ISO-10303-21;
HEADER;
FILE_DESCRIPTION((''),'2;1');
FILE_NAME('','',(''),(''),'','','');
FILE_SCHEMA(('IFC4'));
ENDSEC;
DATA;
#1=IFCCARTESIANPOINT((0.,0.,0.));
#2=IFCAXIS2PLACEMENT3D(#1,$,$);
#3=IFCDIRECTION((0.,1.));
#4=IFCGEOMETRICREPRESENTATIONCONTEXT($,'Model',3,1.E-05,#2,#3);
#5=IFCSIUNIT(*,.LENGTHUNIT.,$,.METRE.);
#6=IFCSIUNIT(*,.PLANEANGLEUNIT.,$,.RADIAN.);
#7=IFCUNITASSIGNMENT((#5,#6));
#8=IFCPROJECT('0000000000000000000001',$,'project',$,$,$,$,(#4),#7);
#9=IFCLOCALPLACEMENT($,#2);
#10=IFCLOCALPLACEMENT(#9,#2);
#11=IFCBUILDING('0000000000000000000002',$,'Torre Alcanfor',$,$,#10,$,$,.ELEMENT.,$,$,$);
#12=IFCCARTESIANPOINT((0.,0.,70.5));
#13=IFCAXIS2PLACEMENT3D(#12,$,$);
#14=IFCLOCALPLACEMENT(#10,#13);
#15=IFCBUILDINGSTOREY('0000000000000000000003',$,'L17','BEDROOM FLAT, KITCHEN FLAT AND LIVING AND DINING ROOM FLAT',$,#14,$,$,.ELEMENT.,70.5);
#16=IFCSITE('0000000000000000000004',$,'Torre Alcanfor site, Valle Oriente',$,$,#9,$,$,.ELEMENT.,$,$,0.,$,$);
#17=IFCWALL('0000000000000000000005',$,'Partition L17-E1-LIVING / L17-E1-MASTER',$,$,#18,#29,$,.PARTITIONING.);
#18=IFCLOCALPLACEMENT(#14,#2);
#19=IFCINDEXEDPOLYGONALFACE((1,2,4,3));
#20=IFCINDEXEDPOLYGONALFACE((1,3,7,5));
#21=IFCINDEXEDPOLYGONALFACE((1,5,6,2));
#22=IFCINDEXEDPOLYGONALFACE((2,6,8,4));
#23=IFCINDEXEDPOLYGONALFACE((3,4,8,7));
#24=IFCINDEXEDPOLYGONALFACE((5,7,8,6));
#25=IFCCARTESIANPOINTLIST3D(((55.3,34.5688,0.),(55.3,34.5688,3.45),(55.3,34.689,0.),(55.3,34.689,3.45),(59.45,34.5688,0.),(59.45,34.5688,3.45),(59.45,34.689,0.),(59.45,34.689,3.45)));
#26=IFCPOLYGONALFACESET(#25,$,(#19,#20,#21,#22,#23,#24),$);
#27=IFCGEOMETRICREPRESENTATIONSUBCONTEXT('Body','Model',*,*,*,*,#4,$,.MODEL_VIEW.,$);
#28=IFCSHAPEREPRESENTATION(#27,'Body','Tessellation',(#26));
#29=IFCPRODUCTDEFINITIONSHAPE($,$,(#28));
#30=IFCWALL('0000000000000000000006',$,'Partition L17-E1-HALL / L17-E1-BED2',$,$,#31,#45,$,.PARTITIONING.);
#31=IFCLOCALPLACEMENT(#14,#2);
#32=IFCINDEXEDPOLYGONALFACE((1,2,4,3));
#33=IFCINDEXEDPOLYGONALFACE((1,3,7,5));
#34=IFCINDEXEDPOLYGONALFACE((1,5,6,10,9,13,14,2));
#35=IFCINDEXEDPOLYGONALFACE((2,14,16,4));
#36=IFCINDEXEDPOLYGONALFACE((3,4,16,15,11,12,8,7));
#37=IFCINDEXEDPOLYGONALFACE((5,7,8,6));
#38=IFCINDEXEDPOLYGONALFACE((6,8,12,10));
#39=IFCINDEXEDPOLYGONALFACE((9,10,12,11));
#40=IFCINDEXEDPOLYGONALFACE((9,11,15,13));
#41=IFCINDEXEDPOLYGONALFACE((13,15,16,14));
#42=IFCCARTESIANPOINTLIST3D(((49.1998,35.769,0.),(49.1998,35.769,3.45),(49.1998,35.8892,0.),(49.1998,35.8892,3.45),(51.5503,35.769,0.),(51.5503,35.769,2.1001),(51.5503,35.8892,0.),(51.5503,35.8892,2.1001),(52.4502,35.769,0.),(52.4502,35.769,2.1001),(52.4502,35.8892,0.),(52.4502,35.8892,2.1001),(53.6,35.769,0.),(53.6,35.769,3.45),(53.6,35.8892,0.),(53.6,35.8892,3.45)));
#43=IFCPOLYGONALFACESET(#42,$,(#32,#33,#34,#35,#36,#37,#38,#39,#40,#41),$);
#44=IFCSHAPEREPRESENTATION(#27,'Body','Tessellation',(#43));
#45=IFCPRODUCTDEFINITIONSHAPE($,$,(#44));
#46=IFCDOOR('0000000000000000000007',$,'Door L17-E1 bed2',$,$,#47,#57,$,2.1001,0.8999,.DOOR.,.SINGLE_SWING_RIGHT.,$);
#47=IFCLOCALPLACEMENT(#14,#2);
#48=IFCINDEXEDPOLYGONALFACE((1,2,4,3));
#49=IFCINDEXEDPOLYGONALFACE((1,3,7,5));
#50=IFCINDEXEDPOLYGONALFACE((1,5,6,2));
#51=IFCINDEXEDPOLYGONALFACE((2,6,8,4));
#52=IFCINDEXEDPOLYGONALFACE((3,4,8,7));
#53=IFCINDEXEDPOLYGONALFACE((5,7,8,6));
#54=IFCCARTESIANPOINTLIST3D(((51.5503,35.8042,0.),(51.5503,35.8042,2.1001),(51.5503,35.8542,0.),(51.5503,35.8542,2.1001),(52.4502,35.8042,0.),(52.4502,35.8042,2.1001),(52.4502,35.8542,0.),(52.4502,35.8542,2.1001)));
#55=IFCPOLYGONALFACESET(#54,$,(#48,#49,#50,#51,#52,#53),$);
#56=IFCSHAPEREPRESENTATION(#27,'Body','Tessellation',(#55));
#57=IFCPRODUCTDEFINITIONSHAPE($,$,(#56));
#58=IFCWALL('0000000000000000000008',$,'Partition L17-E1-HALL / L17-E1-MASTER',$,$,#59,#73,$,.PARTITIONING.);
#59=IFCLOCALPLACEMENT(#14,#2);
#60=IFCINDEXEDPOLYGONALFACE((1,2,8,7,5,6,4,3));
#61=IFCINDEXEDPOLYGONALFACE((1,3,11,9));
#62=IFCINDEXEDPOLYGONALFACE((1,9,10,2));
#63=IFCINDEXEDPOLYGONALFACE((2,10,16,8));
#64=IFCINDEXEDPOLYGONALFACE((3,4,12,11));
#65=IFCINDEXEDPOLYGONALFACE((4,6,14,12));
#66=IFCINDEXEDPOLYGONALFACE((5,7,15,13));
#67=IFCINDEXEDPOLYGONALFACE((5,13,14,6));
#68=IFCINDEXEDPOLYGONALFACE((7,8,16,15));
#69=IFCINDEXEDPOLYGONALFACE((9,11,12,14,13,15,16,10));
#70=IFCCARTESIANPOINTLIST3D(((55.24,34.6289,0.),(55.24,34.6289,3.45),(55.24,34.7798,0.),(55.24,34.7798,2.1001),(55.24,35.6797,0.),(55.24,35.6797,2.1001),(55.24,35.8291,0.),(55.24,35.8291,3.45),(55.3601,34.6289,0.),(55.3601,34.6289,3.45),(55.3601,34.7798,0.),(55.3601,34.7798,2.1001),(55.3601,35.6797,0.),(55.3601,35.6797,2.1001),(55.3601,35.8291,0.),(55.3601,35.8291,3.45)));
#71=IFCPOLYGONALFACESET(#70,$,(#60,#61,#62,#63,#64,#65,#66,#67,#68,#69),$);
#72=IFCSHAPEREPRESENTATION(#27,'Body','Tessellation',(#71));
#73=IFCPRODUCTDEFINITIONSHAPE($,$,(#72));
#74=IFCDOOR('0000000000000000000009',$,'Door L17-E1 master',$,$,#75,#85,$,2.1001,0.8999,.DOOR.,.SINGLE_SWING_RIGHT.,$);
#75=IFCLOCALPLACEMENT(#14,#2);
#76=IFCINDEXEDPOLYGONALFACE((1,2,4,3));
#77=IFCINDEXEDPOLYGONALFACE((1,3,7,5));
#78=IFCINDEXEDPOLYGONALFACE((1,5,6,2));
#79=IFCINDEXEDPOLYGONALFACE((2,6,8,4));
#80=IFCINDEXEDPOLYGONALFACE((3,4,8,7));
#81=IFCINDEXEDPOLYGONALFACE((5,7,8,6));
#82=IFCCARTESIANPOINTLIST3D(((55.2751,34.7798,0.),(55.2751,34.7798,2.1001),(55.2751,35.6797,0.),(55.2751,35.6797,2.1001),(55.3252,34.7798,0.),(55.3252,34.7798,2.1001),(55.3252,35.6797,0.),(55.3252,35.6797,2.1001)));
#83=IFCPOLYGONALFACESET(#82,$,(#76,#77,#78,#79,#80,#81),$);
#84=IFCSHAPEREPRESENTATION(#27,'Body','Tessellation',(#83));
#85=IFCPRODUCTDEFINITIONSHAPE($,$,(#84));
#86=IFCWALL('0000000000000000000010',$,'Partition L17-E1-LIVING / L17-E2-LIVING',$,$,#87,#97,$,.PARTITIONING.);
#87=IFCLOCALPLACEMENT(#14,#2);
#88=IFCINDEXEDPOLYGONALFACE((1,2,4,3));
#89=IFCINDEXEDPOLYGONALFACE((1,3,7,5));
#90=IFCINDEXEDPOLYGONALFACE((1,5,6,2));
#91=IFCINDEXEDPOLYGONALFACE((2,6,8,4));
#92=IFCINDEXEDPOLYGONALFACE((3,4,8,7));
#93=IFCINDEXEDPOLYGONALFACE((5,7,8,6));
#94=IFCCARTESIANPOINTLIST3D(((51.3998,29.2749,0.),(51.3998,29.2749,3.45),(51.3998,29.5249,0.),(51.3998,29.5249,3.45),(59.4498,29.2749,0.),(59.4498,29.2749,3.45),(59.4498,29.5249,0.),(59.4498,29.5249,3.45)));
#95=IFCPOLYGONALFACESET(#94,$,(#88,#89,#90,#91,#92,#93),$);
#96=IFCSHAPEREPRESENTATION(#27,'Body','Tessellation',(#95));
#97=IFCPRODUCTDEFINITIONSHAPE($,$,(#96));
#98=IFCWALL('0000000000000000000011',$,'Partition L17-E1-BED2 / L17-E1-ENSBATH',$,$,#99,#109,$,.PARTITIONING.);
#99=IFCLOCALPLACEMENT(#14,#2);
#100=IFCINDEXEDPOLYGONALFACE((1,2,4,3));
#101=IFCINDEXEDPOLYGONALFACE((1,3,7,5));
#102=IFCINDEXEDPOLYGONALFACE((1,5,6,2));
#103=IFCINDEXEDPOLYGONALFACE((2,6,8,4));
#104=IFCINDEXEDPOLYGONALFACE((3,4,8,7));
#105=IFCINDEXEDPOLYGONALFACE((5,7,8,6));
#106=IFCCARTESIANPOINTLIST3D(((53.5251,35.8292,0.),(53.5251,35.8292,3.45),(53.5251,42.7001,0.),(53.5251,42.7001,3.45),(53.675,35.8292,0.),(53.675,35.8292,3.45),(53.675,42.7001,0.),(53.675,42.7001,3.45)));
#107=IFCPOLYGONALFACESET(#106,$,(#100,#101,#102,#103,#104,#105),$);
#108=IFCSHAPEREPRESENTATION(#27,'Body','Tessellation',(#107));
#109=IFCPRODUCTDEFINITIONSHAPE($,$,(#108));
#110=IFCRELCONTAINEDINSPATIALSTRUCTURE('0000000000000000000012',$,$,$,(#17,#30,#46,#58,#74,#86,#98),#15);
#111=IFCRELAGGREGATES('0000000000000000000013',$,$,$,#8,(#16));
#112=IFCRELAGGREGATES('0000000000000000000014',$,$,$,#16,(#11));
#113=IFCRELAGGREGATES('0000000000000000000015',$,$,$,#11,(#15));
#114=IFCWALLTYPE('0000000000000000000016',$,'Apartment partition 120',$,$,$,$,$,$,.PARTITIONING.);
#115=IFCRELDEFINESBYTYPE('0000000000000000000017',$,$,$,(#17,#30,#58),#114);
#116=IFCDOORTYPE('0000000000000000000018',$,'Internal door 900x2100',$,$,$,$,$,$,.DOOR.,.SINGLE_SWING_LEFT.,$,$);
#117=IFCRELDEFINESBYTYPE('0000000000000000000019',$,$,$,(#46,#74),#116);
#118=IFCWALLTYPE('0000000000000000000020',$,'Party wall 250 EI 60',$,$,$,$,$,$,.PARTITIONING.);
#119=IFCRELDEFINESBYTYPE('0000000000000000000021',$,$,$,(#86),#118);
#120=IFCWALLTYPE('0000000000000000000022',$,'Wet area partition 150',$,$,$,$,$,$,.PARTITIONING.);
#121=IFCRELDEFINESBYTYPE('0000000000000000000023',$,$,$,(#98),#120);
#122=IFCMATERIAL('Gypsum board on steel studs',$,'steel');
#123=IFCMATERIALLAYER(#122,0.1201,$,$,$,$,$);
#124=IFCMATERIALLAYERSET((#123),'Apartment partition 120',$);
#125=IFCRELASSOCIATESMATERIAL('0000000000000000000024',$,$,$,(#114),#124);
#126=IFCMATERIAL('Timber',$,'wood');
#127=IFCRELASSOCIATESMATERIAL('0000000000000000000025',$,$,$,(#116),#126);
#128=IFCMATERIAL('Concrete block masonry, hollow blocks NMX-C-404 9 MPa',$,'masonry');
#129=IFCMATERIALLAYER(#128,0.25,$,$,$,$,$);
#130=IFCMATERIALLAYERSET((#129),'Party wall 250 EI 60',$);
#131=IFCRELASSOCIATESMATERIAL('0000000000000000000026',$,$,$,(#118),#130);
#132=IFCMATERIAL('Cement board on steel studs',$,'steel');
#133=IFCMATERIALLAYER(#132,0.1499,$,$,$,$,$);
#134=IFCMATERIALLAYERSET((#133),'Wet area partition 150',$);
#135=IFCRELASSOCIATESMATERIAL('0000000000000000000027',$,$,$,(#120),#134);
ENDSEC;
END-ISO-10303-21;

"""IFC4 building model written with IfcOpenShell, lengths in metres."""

from ifc_helpers import new_model, si_unit, direction, frame, frame_2d, origin, place, context, subcontext, project, spatial, rectangle, extrude, material, layer, layer_set, type_object, element, fill, save


model = new_model("IFC4")

# Units and contexts
model_context = context("Model", 3, precision=1e-05, world=origin(), true_north=direction((0.0, 1.0)))
body_context = subcontext(model_context, "Body", "Model", "MODEL_VIEW")
ifc_project = project(units=[si_unit("LENGTHUNIT", "METRE"), si_unit("PLANEANGLEUNIT", "RADIAN")], contexts=[model_context])

# Site, building, storey
site_placement = place(None, origin())
site = spatial("IfcSite", under=ifc_project, at=site_placement, Name="Torre Alcanfor site, Valle Oriente", CompositionType="ELEMENT", RefElevation=0.0)
building_placement = place(site_placement, origin())
building = spatial("IfcBuilding", under=site, at=building_placement, Name="Torre Alcanfor", CompositionType="ELEMENT")
storey_placement = place(building_placement, frame((0.0, 0.0, 70.5)))
storey = spatial("IfcBuildingStorey", under=building, at=storey_placement, Name="L17", Description="BEDROOM FLAT, KITCHEN FLAT AND LIVING AND DINING ROOM FLAT", CompositionType="ELEMENT", Elevation=70.5)

# Shared definitions
ifc_material_1 = material(Name="Gypsum board on steel studs", Category="steel")
ifc_layer_1 = layer(ifc_material_1, 0.1201)
ifc_layer_set_1 = layer_set([ifc_layer_1], Name="Apartment partition 120")
wall_type_1 = type_object("IfcWallType", Name="Apartment partition 120", PredefinedType="PARTITIONING", material=ifc_layer_set_1)

# Shared definitions
ifc_material_2 = material(Name="Timber", Category="wood")
door_type = type_object("IfcDoorType", Name="Internal door 900x2100", OperationType="SINGLE_SWING_LEFT", PredefinedType="DOOR", material=ifc_material_2)

# Wall
wall_1_placement = place(storey_placement, frame((59.45, 34.6289, 0.0), z_axis=(0.0, 0.0, 1.0), x_axis=(-1.0, 0.0, 0.0)))
element("IfcWall", 1, at=wall_1_placement, inside=storey, type_object=wall_type_1, Name="Partition L17-E1-LIVING / L17-E1-MASTER", PredefinedType="PARTITIONING", context=body_context, shape_type="SweptSolid", body=[
    extrude(rectangle(XDim=4.1499, YDim=0.1201, at=frame_2d((2.075, 0.0))), origin(), (0.0, 0.0, 1.0), 3.45),
])

# Walls, openings, doors
wall_2_placement = place(storey_placement, frame((53.6001, 35.8291, 0.0), z_axis=(0.0, 0.0, 1.0), x_axis=(-1.0, 0.0, 0.0)))
wall_2 = element("IfcWall", 2, at=wall_2_placement, inside=storey, type_object=wall_type_1, Name="Partition L17-E1-HALL / L17-E1-BED2", PredefinedType="PARTITIONING", context=body_context, shape_type="SweptSolid", body=[
    extrude(rectangle(XDim=4.4001, YDim=0.1201, at=frame_2d((2.2002, 0.0))), origin(), (0.0, 0.0, 1.0), 3.45),
])
opening_1_placement = place(wall_2_placement, frame((1.1499, 0.0, 0.0)))
opening_1 = element("IfcOpeningElement", 3, at=opening_1_placement, cuts=wall_2, PredefinedType="OPENING", context=body_context, shape_type="SweptSolid", body=[
    extrude(rectangle(XDim=0.8999, YDim=2.1001, at=frame_2d((0.45, 1.05))), frame((0.0, 0.0701, 0.0), z_axis=(0.0, -1.0, 0.0), x_axis=(1.0, 0.0, 0.0)), (0.0, 0.0, 1.0), 0.1401),
])
door_1_placement = place(opening_1_placement, frame((0.8999, 0.0, 0.0), z_axis=(0.0, 0.0, 1.0), x_axis=(-1.0, 0.0, 0.0)))
door_1 = element("IfcDoor", 4, at=door_1_placement, inside=storey, type_object=door_type, Name="Door L17-E1 bed2", OperationType="SINGLE_SWING_RIGHT", OverallHeight=2.1001, OverallWidth=0.8999, PredefinedType="DOOR", context=body_context, shape_type="SweptSolid", body=[
    extrude(rectangle(XDim=0.8999, YDim=2.1001, at=frame_2d((0.45, 1.05))), frame((0.0, 0.0251, 0.0), z_axis=(0.0, -1.0, 0.0), x_axis=(1.0, 0.0, 0.0)), (0.0, 0.0, 1.0), 0.05),
])
fill(opening_1, door_1)
wall_3_placement = place(storey_placement, frame((55.3, 34.6289, 0.0), z_axis=(0.0, 0.0, 1.0), x_axis=(0.0, 1.0, 0.0)))
wall_3 = element("IfcWall", 5, at=wall_3_placement, inside=storey, type_object=wall_type_1, Name="Partition L17-E1-HALL / L17-E1-MASTER", PredefinedType="PARTITIONING", context=body_context, shape_type="SweptSolid", body=[
    extrude(rectangle(XDim=1.2002, YDim=0.1201, at=frame_2d((0.6001, 0.0))), origin(), (0.0, 0.0, 1.0), 3.45),
])
opening_2_placement = place(wall_3_placement, frame((0.1509, 0.0, 0.0)))
opening_2 = element("IfcOpeningElement", 6, at=opening_2_placement, cuts=wall_3, PredefinedType="OPENING", context=body_context, shape_type="SweptSolid", body=[
    extrude(rectangle(XDim=0.8999, YDim=2.1001, at=frame_2d((0.45, 1.05))), frame((0.0, 0.0701, 0.0), z_axis=(0.0, -1.0, 0.0), x_axis=(1.0, 0.0, 0.0)), (0.0, 0.0, 1.0), 0.1401),
])
door_2_placement = place(opening_2_placement, frame((0.8999, 0.0, 0.0), z_axis=(0.0, 0.0, 1.0), x_axis=(-1.0, 0.0, 0.0)))
door_2 = element("IfcDoor", 7, at=door_2_placement, inside=storey, type_object=door_type, Name="Door L17-E1 master", OperationType="SINGLE_SWING_RIGHT", OverallHeight=2.1001, OverallWidth=0.8999, PredefinedType="DOOR", context=body_context, shape_type="SweptSolid", body=[
    extrude(rectangle(XDim=0.8999, YDim=2.1001, at=frame_2d((0.45, 1.05))), frame((0.0, 0.0251, 0.0), z_axis=(0.0, -1.0, 0.0), x_axis=(1.0, 0.0, 0.0)), (0.0, 0.0, 1.0), 0.05),
])
fill(opening_2, door_2)

# Walls
ifc_material_3 = material(Name="Concrete block masonry, hollow blocks NMX-C-404 9 MPa", Category="masonry")
ifc_layer_2 = layer(ifc_material_3, 0.25)
ifc_layer_set_2 = layer_set([ifc_layer_2], Name="Party wall 250 EI 60")
wall_type_2 = type_object("IfcWallType", Name="Party wall 250 EI 60", PredefinedType="PARTITIONING", material=ifc_layer_set_2)
wall_4_placement = place(storey_placement, frame((51.3999, 29.3999, 0.0), z_axis=(0.0, 0.0, 1.0), x_axis=(1.0, 0.0, 0.0)))
element("IfcWall", 8, at=wall_4_placement, inside=storey, type_object=wall_type_2, Name="Partition L17-E1-LIVING / L17-E2-LIVING", PredefinedType="PARTITIONING", context=body_context, shape_type="SweptSolid", body=[
    extrude(rectangle(XDim=8.05, YDim=0.25, at=frame_2d((4.0249, 0.0))), origin(), (0.0, 0.0, 1.0), 3.45),
])
ifc_material_4 = material(Name="Cement board on steel studs", Category="steel")
ifc_layer_3 = layer(ifc_material_4, 0.1499)
ifc_layer_set_3 = layer_set([ifc_layer_3], Name="Wet area partition 150")
wall_type_3 = type_object("IfcWallType", Name="Wet area partition 150", PredefinedType="PARTITIONING", material=ifc_layer_set_3)
wall_5_placement = place(storey_placement, frame((53.6001, 35.8291, 0.0), z_axis=(0.0, 0.0, 1.0), x_axis=(0.0, 1.0, 0.0)))
element("IfcWall", 9, at=wall_5_placement, inside=storey, type_object=wall_type_3, Name="Partition L17-E1-BED2 / L17-E1-ENSBATH", PredefinedType="PARTITIONING", context=body_context, shape_type="SweptSolid", body=[
    extrude(rectangle(XDim=6.8708, YDim=0.1499, at=frame_2d((3.4355, 0.0))), origin(), (0.0, 0.0, 1.0), 3.45),
])

save(model, "model.ifc")
